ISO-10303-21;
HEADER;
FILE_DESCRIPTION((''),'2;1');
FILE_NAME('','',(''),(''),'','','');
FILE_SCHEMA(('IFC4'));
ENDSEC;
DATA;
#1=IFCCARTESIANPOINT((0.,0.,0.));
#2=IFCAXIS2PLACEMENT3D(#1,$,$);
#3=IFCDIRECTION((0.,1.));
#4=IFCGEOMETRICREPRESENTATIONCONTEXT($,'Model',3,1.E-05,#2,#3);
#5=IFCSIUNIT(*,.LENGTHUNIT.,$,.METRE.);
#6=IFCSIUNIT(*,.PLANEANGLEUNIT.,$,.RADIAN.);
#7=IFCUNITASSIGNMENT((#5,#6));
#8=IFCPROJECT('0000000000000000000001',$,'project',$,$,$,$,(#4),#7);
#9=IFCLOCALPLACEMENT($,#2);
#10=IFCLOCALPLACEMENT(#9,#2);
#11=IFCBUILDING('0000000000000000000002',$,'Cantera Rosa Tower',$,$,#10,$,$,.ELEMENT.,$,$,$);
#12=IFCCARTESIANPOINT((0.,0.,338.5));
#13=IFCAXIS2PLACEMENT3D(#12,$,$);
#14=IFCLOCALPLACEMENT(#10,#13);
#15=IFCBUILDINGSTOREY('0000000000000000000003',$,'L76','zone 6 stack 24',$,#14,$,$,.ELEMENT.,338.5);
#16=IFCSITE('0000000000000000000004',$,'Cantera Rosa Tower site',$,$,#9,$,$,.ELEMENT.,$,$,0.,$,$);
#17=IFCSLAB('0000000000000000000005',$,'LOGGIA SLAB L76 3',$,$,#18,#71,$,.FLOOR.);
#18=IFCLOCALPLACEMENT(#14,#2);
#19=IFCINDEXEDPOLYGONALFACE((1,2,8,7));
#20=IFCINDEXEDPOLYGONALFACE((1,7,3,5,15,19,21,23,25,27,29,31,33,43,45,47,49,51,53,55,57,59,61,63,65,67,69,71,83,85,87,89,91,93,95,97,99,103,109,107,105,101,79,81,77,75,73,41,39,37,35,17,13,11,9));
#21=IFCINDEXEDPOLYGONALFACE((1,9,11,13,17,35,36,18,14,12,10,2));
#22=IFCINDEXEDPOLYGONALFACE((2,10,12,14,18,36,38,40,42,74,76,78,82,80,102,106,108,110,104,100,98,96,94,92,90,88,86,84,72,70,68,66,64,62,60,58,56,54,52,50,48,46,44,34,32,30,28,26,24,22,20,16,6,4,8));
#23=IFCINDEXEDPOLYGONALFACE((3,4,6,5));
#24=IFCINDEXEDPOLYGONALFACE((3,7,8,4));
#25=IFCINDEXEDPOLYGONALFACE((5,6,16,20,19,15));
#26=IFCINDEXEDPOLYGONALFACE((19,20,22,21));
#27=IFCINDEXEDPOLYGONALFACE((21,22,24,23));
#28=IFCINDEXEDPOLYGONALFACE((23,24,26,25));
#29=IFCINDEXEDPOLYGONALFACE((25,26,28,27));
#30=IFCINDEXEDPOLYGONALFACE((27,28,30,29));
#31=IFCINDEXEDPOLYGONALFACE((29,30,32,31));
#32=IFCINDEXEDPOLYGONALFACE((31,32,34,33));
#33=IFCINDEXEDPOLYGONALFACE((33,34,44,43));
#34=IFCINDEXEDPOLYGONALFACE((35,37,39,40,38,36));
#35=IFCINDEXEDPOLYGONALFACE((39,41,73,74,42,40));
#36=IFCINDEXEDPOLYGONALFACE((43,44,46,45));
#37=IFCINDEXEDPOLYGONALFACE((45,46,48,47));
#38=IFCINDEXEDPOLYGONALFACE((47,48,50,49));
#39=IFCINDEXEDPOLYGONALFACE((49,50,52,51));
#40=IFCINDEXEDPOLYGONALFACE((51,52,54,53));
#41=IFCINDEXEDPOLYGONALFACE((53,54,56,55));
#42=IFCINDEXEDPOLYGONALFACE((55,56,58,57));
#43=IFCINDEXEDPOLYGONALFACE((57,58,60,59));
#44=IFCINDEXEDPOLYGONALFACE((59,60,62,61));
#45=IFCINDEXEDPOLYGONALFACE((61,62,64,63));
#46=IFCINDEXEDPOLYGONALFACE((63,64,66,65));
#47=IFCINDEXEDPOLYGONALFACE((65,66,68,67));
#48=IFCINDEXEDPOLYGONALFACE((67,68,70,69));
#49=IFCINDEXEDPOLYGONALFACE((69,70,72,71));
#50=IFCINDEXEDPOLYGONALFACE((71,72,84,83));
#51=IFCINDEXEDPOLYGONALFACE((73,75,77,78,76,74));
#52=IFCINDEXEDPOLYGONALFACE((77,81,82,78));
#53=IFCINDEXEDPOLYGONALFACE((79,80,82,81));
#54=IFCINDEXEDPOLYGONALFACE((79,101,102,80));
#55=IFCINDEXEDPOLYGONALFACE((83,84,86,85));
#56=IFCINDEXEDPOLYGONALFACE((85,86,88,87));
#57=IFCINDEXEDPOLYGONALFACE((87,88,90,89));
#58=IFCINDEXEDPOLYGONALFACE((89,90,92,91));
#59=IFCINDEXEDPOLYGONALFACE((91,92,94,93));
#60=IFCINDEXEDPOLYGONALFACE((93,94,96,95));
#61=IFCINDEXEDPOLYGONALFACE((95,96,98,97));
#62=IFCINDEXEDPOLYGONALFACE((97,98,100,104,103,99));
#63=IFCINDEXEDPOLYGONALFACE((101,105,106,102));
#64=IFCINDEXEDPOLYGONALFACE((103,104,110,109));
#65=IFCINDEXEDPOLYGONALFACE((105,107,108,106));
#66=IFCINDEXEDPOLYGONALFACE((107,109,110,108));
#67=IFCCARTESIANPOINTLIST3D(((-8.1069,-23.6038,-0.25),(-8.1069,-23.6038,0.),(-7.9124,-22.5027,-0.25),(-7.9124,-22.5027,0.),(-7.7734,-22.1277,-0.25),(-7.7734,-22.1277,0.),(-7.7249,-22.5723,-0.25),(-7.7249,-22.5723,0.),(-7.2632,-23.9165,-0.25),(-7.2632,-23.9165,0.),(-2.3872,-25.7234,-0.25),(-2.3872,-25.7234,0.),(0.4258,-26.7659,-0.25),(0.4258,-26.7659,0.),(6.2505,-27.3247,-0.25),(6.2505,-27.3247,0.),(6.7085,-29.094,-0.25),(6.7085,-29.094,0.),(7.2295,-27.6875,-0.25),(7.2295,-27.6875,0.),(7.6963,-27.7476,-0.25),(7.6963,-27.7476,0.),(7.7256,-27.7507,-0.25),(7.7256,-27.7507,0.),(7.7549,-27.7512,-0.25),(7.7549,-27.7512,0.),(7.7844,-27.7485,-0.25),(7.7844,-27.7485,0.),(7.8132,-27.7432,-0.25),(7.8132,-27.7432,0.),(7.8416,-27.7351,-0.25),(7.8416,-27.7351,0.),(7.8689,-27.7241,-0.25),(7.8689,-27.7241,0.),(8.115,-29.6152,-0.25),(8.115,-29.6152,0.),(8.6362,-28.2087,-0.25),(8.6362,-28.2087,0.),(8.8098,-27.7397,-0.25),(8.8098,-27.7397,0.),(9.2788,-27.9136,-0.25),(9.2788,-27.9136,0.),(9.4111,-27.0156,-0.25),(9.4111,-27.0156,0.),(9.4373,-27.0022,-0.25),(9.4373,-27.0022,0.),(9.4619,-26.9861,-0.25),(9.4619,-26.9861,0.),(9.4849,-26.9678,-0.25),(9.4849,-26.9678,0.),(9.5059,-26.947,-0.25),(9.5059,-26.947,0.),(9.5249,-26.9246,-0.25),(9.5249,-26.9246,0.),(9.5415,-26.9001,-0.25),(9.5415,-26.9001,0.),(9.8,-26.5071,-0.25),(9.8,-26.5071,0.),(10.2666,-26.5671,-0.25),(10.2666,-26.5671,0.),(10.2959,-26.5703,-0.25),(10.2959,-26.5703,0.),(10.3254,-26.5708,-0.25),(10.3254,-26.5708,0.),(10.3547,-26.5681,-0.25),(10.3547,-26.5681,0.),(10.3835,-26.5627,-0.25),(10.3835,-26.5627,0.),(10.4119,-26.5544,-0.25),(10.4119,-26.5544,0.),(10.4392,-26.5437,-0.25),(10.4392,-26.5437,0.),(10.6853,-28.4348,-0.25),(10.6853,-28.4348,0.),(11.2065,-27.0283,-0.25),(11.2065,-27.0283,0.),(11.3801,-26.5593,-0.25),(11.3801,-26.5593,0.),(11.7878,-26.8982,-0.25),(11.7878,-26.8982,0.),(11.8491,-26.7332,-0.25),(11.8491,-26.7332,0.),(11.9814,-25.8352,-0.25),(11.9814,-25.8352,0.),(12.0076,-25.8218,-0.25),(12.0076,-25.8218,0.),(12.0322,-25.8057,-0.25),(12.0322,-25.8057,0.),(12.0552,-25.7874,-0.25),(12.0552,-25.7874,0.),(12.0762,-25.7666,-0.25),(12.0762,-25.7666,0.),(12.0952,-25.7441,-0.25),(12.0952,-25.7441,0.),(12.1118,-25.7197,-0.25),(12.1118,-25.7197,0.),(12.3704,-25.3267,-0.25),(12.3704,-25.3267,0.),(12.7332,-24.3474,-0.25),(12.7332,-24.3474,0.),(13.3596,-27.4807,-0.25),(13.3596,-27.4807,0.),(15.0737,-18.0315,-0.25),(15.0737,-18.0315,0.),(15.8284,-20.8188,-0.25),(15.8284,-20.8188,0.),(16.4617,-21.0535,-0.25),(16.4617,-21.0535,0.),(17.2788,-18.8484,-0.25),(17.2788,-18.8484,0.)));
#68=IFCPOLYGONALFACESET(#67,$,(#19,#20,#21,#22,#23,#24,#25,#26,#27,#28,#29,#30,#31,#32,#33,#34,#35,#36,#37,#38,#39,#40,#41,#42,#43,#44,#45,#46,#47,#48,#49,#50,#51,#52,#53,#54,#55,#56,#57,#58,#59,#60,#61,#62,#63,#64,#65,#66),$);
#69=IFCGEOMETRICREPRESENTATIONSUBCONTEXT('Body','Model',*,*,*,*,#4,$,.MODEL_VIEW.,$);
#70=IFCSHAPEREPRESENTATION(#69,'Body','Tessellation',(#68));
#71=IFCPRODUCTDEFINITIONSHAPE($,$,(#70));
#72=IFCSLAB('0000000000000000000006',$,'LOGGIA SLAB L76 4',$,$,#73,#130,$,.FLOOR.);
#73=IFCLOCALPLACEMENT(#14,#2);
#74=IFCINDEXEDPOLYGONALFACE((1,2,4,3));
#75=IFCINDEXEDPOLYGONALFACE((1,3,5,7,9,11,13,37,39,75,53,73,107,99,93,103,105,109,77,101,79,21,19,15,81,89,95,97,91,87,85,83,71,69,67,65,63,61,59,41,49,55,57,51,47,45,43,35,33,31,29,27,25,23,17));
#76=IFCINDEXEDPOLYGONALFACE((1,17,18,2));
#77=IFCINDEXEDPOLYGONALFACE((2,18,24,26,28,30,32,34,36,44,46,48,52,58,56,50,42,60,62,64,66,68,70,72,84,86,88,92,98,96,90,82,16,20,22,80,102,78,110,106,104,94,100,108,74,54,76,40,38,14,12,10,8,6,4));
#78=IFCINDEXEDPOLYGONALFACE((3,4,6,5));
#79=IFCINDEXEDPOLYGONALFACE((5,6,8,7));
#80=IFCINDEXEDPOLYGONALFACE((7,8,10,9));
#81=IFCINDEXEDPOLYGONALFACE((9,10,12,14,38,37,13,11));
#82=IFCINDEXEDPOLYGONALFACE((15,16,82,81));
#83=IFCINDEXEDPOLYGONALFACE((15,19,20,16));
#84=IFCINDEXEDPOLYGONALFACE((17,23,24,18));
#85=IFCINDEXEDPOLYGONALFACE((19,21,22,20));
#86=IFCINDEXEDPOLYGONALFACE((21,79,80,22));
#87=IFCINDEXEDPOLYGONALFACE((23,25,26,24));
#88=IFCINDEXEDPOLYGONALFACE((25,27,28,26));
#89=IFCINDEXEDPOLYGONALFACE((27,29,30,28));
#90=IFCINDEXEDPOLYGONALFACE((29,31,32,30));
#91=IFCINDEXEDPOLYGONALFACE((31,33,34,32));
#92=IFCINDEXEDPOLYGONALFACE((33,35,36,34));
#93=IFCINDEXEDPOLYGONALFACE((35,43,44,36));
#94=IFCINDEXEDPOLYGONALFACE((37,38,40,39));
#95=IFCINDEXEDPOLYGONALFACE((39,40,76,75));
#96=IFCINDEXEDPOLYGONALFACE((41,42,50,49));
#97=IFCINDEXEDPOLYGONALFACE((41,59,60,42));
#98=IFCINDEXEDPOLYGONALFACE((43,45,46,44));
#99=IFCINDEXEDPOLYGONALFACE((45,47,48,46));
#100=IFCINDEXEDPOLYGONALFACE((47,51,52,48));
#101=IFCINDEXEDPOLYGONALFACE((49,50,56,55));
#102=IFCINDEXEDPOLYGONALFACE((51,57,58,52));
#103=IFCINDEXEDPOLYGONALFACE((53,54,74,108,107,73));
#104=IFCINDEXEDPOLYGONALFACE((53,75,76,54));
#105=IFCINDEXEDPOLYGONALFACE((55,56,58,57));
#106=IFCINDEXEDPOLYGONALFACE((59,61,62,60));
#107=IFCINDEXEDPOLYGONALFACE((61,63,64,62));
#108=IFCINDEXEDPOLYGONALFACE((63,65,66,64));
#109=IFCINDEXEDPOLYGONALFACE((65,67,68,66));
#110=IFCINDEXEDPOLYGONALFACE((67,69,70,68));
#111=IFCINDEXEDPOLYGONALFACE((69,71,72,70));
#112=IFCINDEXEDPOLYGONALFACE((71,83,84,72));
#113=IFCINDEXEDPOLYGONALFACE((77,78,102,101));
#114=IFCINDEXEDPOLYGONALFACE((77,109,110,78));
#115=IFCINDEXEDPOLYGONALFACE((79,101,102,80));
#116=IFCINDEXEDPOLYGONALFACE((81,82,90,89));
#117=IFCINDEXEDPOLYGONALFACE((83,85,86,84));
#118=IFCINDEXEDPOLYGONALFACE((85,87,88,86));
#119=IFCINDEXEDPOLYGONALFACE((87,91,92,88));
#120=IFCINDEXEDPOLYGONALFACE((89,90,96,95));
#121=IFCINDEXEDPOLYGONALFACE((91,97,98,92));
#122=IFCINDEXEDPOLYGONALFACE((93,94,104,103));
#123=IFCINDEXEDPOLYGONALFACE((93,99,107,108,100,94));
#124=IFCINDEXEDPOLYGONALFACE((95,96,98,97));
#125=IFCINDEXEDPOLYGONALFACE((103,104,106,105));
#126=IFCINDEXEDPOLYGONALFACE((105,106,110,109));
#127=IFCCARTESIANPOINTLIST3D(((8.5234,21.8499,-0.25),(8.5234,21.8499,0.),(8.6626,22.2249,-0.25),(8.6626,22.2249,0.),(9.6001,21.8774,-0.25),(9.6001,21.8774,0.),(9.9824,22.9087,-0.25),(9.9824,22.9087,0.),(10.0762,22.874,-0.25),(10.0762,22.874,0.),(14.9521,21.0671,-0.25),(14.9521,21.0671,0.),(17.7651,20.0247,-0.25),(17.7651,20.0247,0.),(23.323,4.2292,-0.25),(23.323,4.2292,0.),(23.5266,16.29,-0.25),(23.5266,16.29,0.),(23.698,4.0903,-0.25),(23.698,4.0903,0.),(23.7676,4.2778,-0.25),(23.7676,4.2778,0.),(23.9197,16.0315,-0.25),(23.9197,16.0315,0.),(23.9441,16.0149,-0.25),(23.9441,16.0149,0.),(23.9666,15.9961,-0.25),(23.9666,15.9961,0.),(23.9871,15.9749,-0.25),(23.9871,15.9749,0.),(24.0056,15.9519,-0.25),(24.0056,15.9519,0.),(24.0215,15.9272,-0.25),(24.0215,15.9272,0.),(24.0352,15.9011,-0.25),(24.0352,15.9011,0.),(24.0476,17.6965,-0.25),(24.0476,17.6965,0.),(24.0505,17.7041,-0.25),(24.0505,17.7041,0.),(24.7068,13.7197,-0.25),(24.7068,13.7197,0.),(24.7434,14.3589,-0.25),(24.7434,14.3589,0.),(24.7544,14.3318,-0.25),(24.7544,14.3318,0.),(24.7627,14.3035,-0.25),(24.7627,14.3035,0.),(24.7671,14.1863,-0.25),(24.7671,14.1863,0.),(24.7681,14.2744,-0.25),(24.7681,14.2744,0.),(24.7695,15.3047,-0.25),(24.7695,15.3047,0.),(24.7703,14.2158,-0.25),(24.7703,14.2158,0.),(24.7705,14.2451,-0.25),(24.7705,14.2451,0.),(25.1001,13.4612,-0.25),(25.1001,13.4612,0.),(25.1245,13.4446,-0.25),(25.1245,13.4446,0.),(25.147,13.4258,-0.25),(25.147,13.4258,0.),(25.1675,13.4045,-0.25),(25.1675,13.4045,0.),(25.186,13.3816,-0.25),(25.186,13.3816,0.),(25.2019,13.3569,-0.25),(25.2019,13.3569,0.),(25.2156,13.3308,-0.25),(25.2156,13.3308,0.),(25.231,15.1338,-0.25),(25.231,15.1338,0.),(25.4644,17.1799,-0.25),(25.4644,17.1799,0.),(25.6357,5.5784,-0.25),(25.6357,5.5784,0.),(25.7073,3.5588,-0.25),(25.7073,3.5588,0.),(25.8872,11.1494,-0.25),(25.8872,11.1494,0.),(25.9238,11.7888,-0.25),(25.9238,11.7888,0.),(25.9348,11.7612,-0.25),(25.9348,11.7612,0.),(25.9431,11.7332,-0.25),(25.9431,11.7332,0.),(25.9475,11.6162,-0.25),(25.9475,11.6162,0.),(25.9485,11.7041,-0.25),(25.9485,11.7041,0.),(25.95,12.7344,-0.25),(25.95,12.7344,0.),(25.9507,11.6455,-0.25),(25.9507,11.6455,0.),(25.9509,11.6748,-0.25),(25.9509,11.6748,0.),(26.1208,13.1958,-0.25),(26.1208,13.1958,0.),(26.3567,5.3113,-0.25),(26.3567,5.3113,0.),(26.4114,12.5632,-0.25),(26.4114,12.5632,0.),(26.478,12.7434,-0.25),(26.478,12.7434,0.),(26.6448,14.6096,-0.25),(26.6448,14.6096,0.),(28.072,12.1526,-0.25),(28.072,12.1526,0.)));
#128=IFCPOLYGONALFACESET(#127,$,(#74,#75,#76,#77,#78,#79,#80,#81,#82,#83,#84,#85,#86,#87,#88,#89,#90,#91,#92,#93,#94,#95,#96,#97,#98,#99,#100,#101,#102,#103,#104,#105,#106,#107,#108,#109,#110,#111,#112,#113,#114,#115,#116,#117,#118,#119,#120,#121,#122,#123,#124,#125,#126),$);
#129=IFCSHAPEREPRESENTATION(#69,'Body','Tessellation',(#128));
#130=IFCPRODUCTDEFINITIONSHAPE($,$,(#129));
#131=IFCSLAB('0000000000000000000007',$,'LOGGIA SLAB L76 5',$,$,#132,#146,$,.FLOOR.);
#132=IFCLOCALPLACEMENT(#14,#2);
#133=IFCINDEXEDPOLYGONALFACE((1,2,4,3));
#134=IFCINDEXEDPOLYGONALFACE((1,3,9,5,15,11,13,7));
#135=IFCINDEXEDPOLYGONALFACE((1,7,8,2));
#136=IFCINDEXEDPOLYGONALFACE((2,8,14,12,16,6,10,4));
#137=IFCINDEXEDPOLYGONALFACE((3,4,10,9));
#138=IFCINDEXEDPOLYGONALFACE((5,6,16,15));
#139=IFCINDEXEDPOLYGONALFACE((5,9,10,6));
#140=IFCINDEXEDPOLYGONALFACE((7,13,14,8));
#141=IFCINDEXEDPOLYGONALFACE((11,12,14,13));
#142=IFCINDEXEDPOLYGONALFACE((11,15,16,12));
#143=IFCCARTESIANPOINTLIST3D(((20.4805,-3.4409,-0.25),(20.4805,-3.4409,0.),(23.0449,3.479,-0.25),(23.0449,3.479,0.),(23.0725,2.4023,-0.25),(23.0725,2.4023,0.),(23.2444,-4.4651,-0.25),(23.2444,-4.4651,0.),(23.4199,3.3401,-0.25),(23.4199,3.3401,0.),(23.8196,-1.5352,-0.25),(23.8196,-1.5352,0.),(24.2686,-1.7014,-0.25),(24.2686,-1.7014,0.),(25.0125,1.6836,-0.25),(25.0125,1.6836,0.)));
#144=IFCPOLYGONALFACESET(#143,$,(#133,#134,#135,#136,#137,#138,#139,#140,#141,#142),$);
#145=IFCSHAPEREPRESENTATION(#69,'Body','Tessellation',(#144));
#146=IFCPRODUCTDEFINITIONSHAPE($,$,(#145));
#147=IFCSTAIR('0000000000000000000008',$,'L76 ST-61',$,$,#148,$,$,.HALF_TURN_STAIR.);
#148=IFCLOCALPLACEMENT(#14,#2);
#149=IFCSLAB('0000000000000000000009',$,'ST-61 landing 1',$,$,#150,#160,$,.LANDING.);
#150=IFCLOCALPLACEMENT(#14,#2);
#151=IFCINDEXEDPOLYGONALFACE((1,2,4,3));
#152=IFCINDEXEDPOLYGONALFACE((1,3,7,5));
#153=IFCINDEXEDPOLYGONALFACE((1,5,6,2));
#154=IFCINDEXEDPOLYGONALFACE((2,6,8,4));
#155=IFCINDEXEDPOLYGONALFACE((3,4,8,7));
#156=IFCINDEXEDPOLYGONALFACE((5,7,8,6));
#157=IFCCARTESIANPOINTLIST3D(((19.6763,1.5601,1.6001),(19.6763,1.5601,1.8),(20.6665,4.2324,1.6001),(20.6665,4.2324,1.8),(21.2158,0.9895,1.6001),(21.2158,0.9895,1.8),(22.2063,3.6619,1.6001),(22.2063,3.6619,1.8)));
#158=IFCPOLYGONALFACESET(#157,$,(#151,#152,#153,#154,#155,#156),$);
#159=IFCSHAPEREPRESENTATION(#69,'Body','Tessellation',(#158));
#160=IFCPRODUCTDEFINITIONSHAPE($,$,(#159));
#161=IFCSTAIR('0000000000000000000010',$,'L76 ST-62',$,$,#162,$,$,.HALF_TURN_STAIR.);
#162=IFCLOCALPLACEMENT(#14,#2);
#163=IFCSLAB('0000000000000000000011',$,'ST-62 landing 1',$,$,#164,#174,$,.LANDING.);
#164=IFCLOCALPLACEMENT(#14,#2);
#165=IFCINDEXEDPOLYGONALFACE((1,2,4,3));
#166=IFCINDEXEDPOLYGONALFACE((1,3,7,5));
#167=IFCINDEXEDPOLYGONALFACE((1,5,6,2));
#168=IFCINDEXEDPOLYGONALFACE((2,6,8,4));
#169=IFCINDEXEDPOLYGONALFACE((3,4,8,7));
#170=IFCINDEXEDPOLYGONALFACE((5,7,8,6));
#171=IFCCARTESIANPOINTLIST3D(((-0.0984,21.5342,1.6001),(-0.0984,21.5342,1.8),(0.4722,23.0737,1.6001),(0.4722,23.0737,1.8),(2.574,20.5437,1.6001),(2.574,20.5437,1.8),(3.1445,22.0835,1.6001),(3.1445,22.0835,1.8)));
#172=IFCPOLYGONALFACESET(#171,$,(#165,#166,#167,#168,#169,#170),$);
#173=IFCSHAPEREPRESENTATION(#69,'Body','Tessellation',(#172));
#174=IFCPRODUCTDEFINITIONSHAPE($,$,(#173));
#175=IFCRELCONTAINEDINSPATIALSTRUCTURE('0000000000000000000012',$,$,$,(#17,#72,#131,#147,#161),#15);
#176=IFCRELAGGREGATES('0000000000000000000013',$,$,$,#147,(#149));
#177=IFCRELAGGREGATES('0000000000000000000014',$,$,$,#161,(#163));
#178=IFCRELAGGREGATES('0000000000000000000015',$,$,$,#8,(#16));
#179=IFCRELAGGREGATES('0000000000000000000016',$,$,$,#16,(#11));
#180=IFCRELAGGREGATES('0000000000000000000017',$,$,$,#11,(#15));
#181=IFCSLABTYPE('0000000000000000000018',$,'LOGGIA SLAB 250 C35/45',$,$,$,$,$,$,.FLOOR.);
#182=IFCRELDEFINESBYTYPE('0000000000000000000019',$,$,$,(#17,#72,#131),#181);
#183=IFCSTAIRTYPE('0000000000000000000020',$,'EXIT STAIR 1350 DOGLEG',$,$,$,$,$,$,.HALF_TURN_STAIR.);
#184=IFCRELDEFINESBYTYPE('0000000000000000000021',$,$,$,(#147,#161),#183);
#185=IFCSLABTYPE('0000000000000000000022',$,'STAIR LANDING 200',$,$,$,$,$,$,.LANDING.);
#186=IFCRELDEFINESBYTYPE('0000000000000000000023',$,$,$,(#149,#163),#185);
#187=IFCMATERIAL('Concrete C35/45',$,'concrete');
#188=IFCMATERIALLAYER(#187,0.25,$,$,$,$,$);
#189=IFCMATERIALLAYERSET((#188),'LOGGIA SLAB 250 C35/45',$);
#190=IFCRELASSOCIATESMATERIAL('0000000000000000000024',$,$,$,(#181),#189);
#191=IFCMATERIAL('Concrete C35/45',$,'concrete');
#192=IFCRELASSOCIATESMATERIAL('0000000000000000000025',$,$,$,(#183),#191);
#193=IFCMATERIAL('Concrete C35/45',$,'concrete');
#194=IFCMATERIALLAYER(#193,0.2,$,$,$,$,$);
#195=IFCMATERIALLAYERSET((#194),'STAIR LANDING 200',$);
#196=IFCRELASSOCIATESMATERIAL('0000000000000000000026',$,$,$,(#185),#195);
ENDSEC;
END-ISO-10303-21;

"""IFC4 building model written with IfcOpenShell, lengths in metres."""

from ifc_helpers import new_model, si_unit, direction, frame, origin, place, context, subcontext, project, spatial, polyline, outline, extrude, material, layer, layer_set, type_object, element, aggregate, save


model = new_model("IFC4")

# Units and contexts
model_context = context("Model", 3, precision=1e-05, world=origin(), true_north=direction((0.0, 1.0)))
body_context = subcontext(model_context, "Body", "Model", "MODEL_VIEW")
ifc_project = project(units=[si_unit("LENGTHUNIT", "METRE"), si_unit("PLANEANGLEUNIT", "RADIAN")], contexts=[model_context])

# Site, building, storey
site_placement = place(None, origin())
site = spatial("IfcSite", under=ifc_project, at=site_placement, Name="Cantera Rosa Tower site", CompositionType="ELEMENT", RefElevation=0.0)
building_placement = place(site_placement, origin())
building = spatial("IfcBuilding", under=site, at=building_placement, Name="Cantera Rosa Tower", CompositionType="ELEMENT")
storey_placement = place(building_placement, frame((0.0, 0.0, 338.5)))
storey = spatial("IfcBuildingStorey", under=building, at=storey_placement, Name="L76", Description="zone 6 stack 24", CompositionType="ELEMENT", Elevation=338.5)

# Slabs
ifc_material_1 = material(Name="Concrete C35/45", Category="concrete")
ifc_layer_1 = layer(ifc_material_1, 0.25)
ifc_layer_set_1 = layer_set([ifc_layer_1], Name="LOGGIA SLAB 250 C35/45")
slab_type_1 = type_object("IfcSlabType", Name="LOGGIA SLAB 250 C35/45", PredefinedType="FLOOR", material=ifc_layer_set_1)
slab_1_placement = place(storey_placement, frame((0.0, 0.0, -0.25)))
element("IfcSlab", 1, at=slab_1_placement, inside=storey, type_object=slab_type_1, Name="LOGGIA SLAB L76 3", PredefinedType="FLOOR", context=body_context, shape_type="SweptSolid", body=[
    extrude(outline(polyline([(11.3801, -26.5593), (11.2065, -27.0283), (10.6853, -28.4348), (9.2788, -27.9136), (8.8098, -27.7397), (8.6362, -28.2087), (8.115, -29.6152), (6.7085, -29.094), (0.4258, -26.7659), (-2.3872, -25.7234), (-7.2632, -23.9165), (-8.1069, -23.6038), (-7.7249, -22.5723), (-7.9124, -22.5027), (-7.7734, -22.1277), (6.2505, -27.3247), (7.2295, -27.6875), (7.6963, -27.7476), (7.7256, -27.7507), (7.7549, -27.7512), (7.7844, -27.7485), (7.8132, -27.7432), (7.8416, -27.7351), (7.8689, -27.7241), (9.4111, -27.0156), (9.4373, -27.0022), (9.4619, -26.9861), (9.4849, -26.9678), (9.5059, -26.947), (9.5249, -26.9246), (9.5415, -26.9001), (9.8, -26.5071), (10.2666, -26.5671), (10.2959, -26.5703), (10.3254, -26.5708), (10.3547, -26.5681), (10.3835, -26.5627), (10.4119, -26.5544), (10.4392, -26.5437), (11.9814, -25.8352), (12.0076, -25.8218), (12.0322, -25.8057), (12.0552, -25.7874), (12.0762, -25.7666), (12.0952, -25.7441), (12.1118, -25.7197), (12.3704, -25.3267), (12.7332, -24.3474), (15.0737, -18.0315), (17.2788, -18.8484), (16.4617, -21.0535), (15.8284, -20.8188), (13.3596, -27.4807), (11.7878, -26.8982), (11.8491, -26.7332), (11.3801, -26.5593)])), origin(), (0.0, 0.0, 1.0), 0.25),
])
slab_2_placement = place(storey_placement, frame((0.0, 0.0, -0.25)))
element("IfcSlab", 2, at=slab_2_placement, inside=storey, type_object=slab_type_1, Name="LOGGIA SLAB L76 4", PredefinedType="FLOOR", context=body_context, shape_type="SweptSolid", body=[
    extrude(outline(polyline([(25.4644, 17.1799), (24.7695, 15.3047), (25.231, 15.1338), (26.6448, 14.6096), (26.1208, 13.1958), (25.95, 12.7344), (26.4114, 12.5632), (26.478, 12.7434), (28.072, 12.1526), (25.6357, 5.5784), (26.3567, 5.3113), (25.7073, 3.5588), (23.7676, 4.2778), (23.698, 4.0903), (23.323, 4.2292), (25.8872, 11.1494), (25.9475, 11.6162), (25.9507, 11.6455), (25.9509, 11.6748), (25.9485, 11.7041), (25.9431, 11.7332), (25.9348, 11.7612), (25.9238, 11.7888), (25.2156, 13.3308), (25.2019, 13.3569), (25.186, 13.3816), (25.1675, 13.4045), (25.147, 13.4258), (25.1245, 13.4446), (25.1001, 13.4612), (24.7068, 13.7197), (24.7671, 14.1863), (24.7703, 14.2158), (24.7705, 14.2451), (24.7681, 14.2744), (24.7627, 14.3035), (24.7544, 14.3318), (24.7434, 14.3589), (24.0352, 15.9011), (24.0215, 15.9272), (24.0056, 15.9519), (23.9871, 15.9749), (23.9666, 15.9961), (23.9441, 16.0149), (23.9197, 16.0315), (23.5266, 16.29), (8.5234, 21.8499), (8.6626, 22.2249), (9.6001, 21.8774), (9.9824, 22.9087), (10.0762, 22.874), (14.9521, 21.0671), (17.7651, 20.0247), (24.0476, 17.6965), (24.0505, 17.7041), (25.4644, 17.1799)])), origin(), (0.0, 0.0, 1.0), 0.25),
])
slab_3_placement = place(storey_placement, frame((0.0, 0.0, -0.25)))
element("IfcSlab", 3, at=slab_3_placement, inside=storey, type_object=slab_type_1, Name="LOGGIA SLAB L76 5", PredefinedType="FLOOR", context=body_context, shape_type="SweptSolid", body=[
    extrude(outline(polyline([(25.0125, 1.6836), (23.8196, -1.5352), (24.2686, -1.7014), (23.2444, -4.4651), (20.4805, -3.4409), (23.0449, 3.479), (23.4199, 3.3401), (23.0725, 2.4023), (25.0125, 1.6836)])), origin(), (0.0, 0.0, 1.0), 0.25),
])

# Stairs, slabs
ifc_material_2 = material(Name="Concrete C35/45", Category="concrete")
stair_type_1 = type_object("IfcStairType", Name="EXIT STAIR 1350 DOGLEG", PredefinedType="HALF_TURN_STAIR", material=ifc_material_2)
stair_1_placement = place(storey_placement, origin())
stair_1 = element("IfcStair", 4, at=stair_1_placement, inside=storey, type_object=stair_type_1, Name="L76 ST-61", PredefinedType="HALF_TURN_STAIR")
ifc_material_3 = material(Name="Concrete C35/45", Category="concrete")
ifc_layer_2 = layer(ifc_material_3, 0.2)
ifc_layer_set_2 = layer_set([ifc_layer_2], Name="STAIR LANDING 200")
slab_type_2 = type_object("IfcSlabType", Name="STAIR LANDING 200", PredefinedType="LANDING", material=ifc_layer_set_2)
slab_4_placement = place(storey_placement, frame((0.0, 0.0, 1.6001)))
slab_4 = element("IfcSlab", 5, at=slab_4_placement, type_object=slab_type_2, Name="ST-61 landing 1", PredefinedType="LANDING", context=body_context, shape_type="SweptSolid", body=[
    extrude(outline(polyline([(19.6763, 1.5601), (21.2158, 0.9895), (22.2063, 3.6619), (20.6665, 4.2324), (19.6763, 1.5601)])), origin(), (0.0, 0.0, 1.0), 0.2),
])
aggregate(stair_1, [slab_4])
stair_2_placement = place(storey_placement, origin())
stair_2 = element("IfcStair", 6, at=stair_2_placement, inside=storey, type_object=stair_type_1, Name="L76 ST-62", PredefinedType="HALF_TURN_STAIR")
slab_5_placement = place(storey_placement, frame((0.0, 0.0, 1.6001)))
slab_5 = element("IfcSlab", 7, at=slab_5_placement, type_object=slab_type_2, Name="ST-62 landing 1", PredefinedType="LANDING", context=body_context, shape_type="SweptSolid", body=[
    extrude(outline(polyline([(2.574, 20.5437), (3.1445, 22.0835), (0.4722, 23.0737), (-0.0984, 21.5342), (2.574, 20.5437)])), origin(), (0.0, 0.0, 1.0), 0.2),
])
aggregate(stair_2, [slab_5])

save(model, "model.ifc")
